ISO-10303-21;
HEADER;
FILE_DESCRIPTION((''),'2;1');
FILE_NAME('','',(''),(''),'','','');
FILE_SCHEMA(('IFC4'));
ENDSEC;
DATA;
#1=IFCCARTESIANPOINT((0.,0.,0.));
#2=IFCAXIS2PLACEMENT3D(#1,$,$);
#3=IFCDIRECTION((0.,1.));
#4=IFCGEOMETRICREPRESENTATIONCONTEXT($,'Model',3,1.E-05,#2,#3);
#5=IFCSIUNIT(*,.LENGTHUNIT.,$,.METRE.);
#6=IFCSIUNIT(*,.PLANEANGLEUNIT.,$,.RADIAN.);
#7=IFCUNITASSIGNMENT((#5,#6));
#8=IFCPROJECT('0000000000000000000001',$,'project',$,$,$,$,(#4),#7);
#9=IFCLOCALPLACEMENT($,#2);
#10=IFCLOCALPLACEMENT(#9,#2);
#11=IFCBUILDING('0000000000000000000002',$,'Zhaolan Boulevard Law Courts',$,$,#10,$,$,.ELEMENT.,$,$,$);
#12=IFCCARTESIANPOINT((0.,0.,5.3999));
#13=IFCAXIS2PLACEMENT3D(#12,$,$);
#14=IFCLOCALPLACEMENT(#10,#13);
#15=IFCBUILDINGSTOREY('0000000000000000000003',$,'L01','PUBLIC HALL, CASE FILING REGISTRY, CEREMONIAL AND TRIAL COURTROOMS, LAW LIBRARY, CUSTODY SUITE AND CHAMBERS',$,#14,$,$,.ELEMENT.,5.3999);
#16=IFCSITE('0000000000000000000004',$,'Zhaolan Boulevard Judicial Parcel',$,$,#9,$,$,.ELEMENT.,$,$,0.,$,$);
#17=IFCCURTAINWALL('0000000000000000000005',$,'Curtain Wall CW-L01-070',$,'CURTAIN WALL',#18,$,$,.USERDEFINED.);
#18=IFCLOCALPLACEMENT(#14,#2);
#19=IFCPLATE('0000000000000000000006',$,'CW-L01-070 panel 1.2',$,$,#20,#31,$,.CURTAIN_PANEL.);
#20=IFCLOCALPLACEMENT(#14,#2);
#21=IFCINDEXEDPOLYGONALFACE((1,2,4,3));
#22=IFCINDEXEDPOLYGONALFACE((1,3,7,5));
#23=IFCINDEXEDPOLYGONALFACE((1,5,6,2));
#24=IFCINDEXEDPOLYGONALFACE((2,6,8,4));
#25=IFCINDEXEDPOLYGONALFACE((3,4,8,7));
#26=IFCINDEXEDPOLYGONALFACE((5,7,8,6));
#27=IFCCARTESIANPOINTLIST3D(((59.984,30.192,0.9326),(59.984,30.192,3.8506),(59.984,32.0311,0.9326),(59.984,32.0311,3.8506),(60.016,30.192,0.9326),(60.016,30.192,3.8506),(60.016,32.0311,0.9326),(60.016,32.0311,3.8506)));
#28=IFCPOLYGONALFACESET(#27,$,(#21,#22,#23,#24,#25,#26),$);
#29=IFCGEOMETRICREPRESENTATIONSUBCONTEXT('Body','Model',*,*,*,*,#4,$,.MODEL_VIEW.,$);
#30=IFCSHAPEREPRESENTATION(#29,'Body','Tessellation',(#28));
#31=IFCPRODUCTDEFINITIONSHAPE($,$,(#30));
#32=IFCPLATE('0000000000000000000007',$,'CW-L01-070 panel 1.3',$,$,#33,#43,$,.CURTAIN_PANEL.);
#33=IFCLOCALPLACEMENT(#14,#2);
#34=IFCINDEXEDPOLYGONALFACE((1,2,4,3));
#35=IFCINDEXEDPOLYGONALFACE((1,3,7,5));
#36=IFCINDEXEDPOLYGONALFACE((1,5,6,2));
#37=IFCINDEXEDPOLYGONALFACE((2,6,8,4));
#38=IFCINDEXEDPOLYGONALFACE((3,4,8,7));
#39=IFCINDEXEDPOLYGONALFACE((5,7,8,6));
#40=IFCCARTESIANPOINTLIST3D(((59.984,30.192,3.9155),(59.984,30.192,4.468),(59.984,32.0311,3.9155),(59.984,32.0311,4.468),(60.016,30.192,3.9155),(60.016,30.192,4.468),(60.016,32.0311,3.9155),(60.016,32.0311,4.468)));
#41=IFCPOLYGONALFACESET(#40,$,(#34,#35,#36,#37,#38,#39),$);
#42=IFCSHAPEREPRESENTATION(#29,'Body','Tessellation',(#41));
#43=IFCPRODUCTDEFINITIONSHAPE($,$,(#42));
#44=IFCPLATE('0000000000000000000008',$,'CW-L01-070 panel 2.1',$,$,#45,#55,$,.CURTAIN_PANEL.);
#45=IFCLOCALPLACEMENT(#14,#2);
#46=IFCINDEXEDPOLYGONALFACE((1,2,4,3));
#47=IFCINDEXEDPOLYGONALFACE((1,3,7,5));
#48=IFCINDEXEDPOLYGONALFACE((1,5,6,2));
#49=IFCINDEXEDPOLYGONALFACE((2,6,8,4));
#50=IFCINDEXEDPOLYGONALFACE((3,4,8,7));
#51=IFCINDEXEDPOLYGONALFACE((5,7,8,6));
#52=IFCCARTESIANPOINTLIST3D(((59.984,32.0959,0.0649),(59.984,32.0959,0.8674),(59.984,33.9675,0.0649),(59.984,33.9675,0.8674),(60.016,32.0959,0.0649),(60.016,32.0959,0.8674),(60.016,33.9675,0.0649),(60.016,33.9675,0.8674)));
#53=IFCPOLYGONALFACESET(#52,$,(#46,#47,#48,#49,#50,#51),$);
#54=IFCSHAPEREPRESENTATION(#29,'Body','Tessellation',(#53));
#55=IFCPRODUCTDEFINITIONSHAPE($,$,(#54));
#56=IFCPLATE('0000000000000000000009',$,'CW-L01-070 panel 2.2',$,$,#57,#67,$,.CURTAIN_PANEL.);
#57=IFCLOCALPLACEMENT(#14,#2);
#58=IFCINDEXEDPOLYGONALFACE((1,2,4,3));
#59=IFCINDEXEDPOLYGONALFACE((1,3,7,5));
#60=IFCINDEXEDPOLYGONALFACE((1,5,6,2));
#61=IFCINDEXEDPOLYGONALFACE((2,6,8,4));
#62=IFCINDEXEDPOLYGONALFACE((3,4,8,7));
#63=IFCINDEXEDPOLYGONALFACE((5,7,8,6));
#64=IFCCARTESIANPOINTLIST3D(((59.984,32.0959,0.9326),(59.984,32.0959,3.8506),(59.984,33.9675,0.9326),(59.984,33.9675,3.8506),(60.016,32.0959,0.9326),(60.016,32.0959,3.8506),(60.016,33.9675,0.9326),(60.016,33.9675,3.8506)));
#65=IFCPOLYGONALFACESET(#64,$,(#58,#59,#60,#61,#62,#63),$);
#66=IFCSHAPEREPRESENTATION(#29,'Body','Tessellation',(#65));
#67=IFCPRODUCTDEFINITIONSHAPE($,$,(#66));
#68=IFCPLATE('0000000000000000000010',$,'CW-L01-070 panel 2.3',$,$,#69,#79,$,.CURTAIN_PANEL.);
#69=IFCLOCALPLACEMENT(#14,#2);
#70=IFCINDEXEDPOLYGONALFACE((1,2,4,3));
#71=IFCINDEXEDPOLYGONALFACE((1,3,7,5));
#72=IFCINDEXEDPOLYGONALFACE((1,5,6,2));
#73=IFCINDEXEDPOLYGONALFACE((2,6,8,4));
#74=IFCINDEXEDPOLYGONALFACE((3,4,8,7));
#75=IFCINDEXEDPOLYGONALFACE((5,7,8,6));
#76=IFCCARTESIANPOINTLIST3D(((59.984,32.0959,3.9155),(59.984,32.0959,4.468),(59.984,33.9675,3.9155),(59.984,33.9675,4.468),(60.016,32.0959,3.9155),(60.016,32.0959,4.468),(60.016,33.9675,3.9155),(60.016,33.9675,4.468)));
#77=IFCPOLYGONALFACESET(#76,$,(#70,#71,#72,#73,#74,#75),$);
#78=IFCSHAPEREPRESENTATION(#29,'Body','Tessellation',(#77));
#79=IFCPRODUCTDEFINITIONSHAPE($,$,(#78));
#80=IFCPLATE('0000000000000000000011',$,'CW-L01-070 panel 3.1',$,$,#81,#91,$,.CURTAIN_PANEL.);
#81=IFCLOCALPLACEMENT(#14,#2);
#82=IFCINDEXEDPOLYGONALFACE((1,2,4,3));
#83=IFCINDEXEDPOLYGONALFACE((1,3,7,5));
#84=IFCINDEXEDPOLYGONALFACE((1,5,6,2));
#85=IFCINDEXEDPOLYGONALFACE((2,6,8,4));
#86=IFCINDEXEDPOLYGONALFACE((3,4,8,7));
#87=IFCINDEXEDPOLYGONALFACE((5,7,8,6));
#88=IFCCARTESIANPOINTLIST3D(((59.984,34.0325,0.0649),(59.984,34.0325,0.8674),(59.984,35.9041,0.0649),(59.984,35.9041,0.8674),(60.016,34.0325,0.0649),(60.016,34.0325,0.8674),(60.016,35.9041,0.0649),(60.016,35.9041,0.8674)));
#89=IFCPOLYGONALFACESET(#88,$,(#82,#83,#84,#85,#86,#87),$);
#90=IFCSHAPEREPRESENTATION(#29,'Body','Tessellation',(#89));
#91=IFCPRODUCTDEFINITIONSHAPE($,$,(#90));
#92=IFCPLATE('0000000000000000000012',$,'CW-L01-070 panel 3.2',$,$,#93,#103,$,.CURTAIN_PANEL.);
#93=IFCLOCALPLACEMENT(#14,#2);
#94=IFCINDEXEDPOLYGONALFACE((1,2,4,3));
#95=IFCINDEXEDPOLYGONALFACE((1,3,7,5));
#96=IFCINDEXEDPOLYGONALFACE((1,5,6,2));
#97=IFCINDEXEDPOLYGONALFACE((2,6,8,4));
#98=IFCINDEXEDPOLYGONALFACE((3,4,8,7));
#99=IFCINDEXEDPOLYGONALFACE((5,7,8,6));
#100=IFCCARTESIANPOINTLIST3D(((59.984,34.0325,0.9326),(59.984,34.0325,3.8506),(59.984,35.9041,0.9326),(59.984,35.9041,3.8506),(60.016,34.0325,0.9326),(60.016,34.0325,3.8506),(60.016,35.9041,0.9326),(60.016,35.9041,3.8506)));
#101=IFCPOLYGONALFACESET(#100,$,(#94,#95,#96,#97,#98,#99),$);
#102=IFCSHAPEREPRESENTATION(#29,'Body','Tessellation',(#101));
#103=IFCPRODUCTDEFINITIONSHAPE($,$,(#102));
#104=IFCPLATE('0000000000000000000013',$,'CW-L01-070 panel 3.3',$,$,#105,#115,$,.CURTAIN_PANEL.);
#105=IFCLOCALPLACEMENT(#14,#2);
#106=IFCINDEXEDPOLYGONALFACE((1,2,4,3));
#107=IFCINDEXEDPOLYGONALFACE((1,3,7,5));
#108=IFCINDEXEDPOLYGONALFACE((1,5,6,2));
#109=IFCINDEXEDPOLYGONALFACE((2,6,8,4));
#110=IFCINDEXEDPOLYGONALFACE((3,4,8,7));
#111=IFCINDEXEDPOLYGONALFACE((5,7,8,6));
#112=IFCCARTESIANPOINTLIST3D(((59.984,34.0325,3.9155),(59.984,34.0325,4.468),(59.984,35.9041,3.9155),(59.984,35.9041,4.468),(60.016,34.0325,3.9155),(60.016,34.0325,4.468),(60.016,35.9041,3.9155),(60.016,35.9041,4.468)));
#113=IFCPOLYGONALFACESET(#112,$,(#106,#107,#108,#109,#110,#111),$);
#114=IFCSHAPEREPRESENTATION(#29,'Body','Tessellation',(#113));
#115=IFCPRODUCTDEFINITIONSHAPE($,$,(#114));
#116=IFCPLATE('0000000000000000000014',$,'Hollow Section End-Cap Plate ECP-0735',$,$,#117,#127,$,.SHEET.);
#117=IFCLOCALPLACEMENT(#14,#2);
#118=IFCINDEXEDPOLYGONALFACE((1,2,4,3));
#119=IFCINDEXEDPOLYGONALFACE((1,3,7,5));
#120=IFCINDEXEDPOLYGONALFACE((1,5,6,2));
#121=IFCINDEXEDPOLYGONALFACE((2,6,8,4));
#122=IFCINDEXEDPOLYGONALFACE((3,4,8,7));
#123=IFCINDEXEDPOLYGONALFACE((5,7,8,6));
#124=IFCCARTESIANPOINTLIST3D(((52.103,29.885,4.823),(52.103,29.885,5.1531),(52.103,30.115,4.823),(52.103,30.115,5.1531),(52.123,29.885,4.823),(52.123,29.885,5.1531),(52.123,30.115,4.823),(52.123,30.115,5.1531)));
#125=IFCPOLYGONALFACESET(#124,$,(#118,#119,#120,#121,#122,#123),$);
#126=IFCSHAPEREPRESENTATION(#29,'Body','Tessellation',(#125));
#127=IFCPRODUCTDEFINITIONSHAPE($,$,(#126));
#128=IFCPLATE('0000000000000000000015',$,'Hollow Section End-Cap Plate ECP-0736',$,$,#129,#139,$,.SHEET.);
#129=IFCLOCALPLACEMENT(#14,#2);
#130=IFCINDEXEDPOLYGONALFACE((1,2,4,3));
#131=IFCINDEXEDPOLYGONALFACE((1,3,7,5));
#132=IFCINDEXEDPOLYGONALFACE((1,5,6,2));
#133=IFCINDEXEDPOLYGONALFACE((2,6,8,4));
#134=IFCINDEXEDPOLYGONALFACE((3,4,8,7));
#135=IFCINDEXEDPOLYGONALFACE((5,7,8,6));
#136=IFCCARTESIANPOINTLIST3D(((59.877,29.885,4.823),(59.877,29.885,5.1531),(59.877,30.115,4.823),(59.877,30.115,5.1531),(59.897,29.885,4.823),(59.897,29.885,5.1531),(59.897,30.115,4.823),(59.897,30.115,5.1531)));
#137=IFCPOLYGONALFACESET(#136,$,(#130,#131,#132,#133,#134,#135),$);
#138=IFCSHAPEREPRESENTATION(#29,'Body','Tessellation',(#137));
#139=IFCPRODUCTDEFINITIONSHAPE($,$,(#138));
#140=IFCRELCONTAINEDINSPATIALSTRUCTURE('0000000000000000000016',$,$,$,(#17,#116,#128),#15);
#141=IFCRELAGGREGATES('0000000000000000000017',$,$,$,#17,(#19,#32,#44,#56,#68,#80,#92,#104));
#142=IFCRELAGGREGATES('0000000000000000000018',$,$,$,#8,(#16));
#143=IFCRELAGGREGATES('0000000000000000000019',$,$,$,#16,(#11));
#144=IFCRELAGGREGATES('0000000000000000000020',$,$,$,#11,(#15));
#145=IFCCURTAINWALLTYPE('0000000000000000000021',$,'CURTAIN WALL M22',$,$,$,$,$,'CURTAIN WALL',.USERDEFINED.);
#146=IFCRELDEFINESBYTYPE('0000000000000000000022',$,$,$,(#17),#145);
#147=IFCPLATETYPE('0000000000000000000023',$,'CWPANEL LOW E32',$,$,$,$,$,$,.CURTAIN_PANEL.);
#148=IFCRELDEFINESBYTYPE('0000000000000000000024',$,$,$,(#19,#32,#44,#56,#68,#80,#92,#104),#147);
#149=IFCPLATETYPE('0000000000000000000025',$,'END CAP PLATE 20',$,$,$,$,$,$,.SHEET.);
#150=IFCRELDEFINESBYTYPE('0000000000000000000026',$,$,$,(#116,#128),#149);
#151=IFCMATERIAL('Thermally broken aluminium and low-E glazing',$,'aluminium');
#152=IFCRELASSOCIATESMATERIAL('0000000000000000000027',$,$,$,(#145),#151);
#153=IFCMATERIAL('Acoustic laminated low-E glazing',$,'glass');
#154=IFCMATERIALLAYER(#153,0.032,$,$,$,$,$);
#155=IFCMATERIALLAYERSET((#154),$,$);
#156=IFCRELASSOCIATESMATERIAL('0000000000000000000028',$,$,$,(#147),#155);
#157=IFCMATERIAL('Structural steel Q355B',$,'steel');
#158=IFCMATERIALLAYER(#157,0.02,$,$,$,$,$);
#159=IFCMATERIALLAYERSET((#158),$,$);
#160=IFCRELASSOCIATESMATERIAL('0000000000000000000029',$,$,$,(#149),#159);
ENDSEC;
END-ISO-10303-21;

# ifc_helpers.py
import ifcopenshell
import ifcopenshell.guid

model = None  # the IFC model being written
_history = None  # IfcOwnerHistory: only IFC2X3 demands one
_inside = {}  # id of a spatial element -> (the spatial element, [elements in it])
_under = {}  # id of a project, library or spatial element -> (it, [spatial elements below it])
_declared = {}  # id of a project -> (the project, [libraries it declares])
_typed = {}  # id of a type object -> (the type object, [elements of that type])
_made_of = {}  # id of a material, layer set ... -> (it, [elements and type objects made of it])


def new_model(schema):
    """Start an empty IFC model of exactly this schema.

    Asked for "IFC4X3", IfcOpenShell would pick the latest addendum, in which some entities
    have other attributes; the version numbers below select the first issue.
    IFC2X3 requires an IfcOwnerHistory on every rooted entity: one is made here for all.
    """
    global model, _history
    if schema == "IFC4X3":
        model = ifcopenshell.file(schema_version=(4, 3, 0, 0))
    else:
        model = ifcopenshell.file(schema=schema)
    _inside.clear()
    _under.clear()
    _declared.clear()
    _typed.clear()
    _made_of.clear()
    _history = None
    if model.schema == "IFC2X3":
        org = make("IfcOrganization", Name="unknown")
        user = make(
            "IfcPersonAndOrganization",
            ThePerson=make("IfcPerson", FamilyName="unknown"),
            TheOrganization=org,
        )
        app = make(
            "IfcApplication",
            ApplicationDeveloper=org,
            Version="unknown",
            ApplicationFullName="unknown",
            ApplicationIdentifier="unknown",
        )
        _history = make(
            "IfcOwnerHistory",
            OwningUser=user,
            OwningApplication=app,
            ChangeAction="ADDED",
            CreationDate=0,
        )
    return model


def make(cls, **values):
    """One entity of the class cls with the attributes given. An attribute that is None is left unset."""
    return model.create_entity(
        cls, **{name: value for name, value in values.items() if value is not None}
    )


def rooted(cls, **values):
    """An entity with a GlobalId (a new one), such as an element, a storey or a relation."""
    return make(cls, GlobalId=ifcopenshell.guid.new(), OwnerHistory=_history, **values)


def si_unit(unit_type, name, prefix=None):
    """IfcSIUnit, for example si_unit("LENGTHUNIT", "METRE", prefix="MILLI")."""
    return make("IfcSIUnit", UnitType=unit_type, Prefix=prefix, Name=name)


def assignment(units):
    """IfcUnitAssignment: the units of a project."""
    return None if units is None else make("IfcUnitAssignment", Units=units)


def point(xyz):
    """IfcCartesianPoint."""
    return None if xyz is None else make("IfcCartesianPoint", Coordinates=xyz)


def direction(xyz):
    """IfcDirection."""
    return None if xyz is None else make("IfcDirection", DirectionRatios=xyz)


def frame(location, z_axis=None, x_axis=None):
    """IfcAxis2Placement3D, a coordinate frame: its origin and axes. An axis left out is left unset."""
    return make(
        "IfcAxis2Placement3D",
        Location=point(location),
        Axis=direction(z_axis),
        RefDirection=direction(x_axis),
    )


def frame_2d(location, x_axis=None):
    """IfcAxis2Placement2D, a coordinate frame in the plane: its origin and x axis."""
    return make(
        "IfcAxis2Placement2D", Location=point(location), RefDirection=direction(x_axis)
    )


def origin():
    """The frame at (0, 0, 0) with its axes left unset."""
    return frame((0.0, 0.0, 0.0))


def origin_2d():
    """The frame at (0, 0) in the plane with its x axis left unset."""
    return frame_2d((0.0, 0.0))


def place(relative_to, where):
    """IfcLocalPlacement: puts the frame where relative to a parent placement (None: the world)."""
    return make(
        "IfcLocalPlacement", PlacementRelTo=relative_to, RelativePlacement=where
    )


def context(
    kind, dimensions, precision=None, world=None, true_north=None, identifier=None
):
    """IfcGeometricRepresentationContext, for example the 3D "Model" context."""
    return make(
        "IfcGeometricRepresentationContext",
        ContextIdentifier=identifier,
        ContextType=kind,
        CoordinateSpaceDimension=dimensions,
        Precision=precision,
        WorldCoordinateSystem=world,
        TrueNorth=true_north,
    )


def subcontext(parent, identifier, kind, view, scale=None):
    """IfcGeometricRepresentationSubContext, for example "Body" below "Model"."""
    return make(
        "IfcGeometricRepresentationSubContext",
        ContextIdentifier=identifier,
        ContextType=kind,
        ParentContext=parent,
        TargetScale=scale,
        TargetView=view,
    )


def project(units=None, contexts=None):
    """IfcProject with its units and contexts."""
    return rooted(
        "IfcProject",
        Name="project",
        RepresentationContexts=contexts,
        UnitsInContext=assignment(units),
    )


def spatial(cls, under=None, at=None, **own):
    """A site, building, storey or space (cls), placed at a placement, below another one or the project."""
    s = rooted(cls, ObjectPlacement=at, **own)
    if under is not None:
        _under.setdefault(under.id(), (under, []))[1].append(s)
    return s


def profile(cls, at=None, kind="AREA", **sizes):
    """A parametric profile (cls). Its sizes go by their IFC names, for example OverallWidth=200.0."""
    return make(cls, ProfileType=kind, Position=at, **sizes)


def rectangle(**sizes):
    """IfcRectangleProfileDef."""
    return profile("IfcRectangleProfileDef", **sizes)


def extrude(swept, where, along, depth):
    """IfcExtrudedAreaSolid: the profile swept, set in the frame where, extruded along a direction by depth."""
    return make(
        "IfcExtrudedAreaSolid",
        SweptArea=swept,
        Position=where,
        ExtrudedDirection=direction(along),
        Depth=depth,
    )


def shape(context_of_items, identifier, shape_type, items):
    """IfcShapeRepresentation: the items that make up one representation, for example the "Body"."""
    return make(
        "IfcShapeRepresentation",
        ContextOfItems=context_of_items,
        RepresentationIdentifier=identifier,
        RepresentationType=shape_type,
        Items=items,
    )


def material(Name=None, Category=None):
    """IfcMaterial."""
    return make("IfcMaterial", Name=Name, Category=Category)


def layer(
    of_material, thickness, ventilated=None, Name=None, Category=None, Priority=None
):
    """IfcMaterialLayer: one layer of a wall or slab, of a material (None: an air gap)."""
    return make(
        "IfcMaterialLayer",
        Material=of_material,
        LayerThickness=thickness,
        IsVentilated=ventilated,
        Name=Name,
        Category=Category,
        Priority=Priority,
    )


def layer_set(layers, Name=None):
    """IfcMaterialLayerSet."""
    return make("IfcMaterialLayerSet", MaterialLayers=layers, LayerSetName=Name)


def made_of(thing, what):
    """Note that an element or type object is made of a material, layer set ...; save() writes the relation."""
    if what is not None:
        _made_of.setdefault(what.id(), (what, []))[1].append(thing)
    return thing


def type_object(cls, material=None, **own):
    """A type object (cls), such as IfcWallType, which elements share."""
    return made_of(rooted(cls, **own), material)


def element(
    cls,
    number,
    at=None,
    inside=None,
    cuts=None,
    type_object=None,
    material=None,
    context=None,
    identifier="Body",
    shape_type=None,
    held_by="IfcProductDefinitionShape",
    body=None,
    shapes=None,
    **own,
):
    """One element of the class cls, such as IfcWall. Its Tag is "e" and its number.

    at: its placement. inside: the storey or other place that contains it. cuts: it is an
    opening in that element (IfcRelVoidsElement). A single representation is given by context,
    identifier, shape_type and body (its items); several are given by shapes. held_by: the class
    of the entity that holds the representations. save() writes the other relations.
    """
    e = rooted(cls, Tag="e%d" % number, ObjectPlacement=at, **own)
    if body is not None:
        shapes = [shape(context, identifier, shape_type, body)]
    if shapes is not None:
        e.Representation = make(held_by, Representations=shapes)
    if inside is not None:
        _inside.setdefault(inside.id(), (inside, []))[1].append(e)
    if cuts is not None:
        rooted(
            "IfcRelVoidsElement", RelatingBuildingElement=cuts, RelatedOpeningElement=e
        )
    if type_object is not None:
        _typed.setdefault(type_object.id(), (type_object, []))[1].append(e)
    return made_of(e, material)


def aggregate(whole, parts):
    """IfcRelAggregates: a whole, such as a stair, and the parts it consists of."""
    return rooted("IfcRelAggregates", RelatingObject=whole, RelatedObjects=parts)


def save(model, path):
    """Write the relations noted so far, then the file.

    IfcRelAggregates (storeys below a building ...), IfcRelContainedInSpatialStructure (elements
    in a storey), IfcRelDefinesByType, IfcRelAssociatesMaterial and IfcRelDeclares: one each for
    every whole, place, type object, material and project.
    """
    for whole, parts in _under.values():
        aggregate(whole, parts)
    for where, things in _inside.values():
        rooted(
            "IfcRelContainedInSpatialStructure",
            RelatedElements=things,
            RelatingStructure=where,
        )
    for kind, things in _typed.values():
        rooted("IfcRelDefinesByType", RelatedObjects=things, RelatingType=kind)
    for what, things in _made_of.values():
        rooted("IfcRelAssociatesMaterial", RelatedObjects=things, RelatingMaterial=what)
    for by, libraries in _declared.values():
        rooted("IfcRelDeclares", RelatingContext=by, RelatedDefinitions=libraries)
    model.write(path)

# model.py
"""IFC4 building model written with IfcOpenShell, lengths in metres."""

from ifc_helpers import new_model, si_unit, direction, frame, origin, origin_2d, place, context, subcontext, project, spatial, rectangle, extrude, material, layer, layer_set, type_object, element, aggregate, save


model = new_model("IFC4")

# Units and contexts
model_context = context("Model", 3, precision=1e-05, world=origin(), true_north=direction((0.0, 1.0)))
body_context = subcontext(model_context, "Body", "Model", "MODEL_VIEW")
ifc_project = project(units=[si_unit("LENGTHUNIT", "METRE"), si_unit("PLANEANGLEUNIT", "RADIAN")], contexts=[model_context])

# Site, building, storey
site_placement = place(None, origin())
site = spatial("IfcSite", under=ifc_project, at=site_placement, Name="Zhaolan Boulevard Judicial Parcel", CompositionType="ELEMENT", RefElevation=0.0)
building_placement = place(site_placement, origin())
building = spatial("IfcBuilding", under=site, at=building_placement, Name="Zhaolan Boulevard Law Courts", CompositionType="ELEMENT")
storey_placement = place(building_placement, frame((0.0, 0.0, 5.3999)))
storey = spatial("IfcBuildingStorey", under=building, at=storey_placement, Name="L01", Description="PUBLIC HALL, CASE FILING REGISTRY, CEREMONIAL AND TRIAL COURTROOMS, LAW LIBRARY, CUSTODY SUITE AND CHAMBERS", CompositionType="ELEMENT", Elevation=5.3999)

# Curtain wall
ifc_material_1 = material(Name="Thermally broken aluminium and low-E glazing", Category="aluminium")
curtain_wall_type_1 = type_object("IfcCurtainWallType", Name="CURTAIN WALL M22", ElementType="CURTAIN WALL", PredefinedType="USERDEFINED", material=ifc_material_1)
curtain_wall_1_placement = place(storey_placement, origin())
curtain_wall_1 = element("IfcCurtainWall", 1, at=curtain_wall_1_placement, inside=storey, type_object=curtain_wall_type_1, Name="Curtain Wall CW-L01-070", ObjectType="CURTAIN WALL", PredefinedType="USERDEFINED")

# Plates
ifc_material_2 = material(Name="Acoustic laminated low-E glazing", Category="glass")
ifc_layer_1 = layer(ifc_material_2, 0.032)
ifc_layer_set_1 = layer_set([ifc_layer_1])
plate_type_1 = type_object("IfcPlateType", Name="CWPANEL LOW E32", PredefinedType="CURTAIN_PANEL", material=ifc_layer_set_1)
plate_1_placement = place(storey_placement, frame((60.0, 31.1116, 0.9326), z_axis=(0.0, 0.0, 1.0), x_axis=(0.0, 1.0, 0.0)))
plate_1 = element("IfcPlate", 2, at=plate_1_placement, type_object=plate_type_1, Name="CW-L01-070 panel 1.2", PredefinedType="CURTAIN_PANEL", context=body_context, shape_type="SweptSolid", body=[
    extrude(rectangle(XDim=1.8391, YDim=0.032, at=origin_2d()), origin(), (0.0, 0.0, 1.0), 2.918),
])
plate_2_placement = place(storey_placement, frame((60.0, 31.1116, 3.9155), z_axis=(0.0, 0.0, 1.0), x_axis=(0.0, 1.0, 0.0)))
plate_2 = element("IfcPlate", 3, at=plate_2_placement, type_object=plate_type_1, Name="CW-L01-070 panel 1.3", PredefinedType="CURTAIN_PANEL", context=body_context, shape_type="SweptSolid", body=[
    extrude(rectangle(XDim=1.8391, YDim=0.032, at=origin_2d()), origin(), (0.0, 0.0, 1.0), 0.5525),
])
plate_3_placement = place(storey_placement, frame((60.0, 33.0317, 0.0649), z_axis=(0.0, 0.0, 1.0), x_axis=(0.0, 1.0, 0.0)))
plate_3 = element("IfcPlate", 4, at=plate_3_placement, type_object=plate_type_1, Name="CW-L01-070 panel 2.1", PredefinedType="CURTAIN_PANEL", context=body_context, shape_type="SweptSolid", body=[
    extrude(rectangle(XDim=1.8716, YDim=0.032, at=origin_2d()), origin(), (0.0, 0.0, 1.0), 0.8025),
])
plate_4_placement = place(storey_placement, frame((60.0, 33.0317, 0.9326), z_axis=(0.0, 0.0, 1.0), x_axis=(0.0, 1.0, 0.0)))
plate_4 = element("IfcPlate", 5, at=plate_4_placement, type_object=plate_type_1, Name="CW-L01-070 panel 2.2", PredefinedType="CURTAIN_PANEL", context=body_context, shape_type="SweptSolid", body=[
    extrude(rectangle(XDim=1.8716, YDim=0.032, at=origin_2d()), origin(), (0.0, 0.0, 1.0), 2.918),
])
plate_5_placement = place(storey_placement, frame((60.0, 33.0317, 3.9155), z_axis=(0.0, 0.0, 1.0), x_axis=(0.0, 1.0, 0.0)))
plate_5 = element("IfcPlate", 6, at=plate_5_placement, type_object=plate_type_1, Name="CW-L01-070 panel 2.3", PredefinedType="CURTAIN_PANEL", context=body_context, shape_type="SweptSolid", body=[
    extrude(rectangle(XDim=1.8716, YDim=0.032, at=origin_2d()), origin(), (0.0, 0.0, 1.0), 0.5525),
])
plate_6_placement = place(storey_placement, frame((60.0, 34.9683, 0.0649), z_axis=(0.0, 0.0, 1.0), x_axis=(0.0, 1.0, 0.0)))
plate_6 = element("IfcPlate", 7, at=plate_6_placement, type_object=plate_type_1, Name="CW-L01-070 panel 3.1", PredefinedType="CURTAIN_PANEL", context=body_context, shape_type="SweptSolid", body=[
    extrude(rectangle(XDim=1.8716, YDim=0.032, at=origin_2d()), origin(), (0.0, 0.0, 1.0), 0.8025),
])
plate_7_placement = place(storey_placement, frame((60.0, 34.9683, 0.9326), z_axis=(0.0, 0.0, 1.0), x_axis=(0.0, 1.0, 0.0)))
plate_7 = element("IfcPlate", 8, at=plate_7_placement, type_object=plate_type_1, Name="CW-L01-070 panel 3.2", PredefinedType="CURTAIN_PANEL", context=body_context, shape_type="SweptSolid", body=[
    extrude(rectangle(XDim=1.8716, YDim=0.032, at=origin_2d()), origin(), (0.0, 0.0, 1.0), 2.918),
])
plate_8_placement = place(storey_placement, frame((60.0, 34.9683, 3.9155), z_axis=(0.0, 0.0, 1.0), x_axis=(0.0, 1.0, 0.0)))
plate_8 = element("IfcPlate", 9, at=plate_8_placement, type_object=plate_type_1, Name="CW-L01-070 panel 3.3", PredefinedType="CURTAIN_PANEL", context=body_context, shape_type="SweptSolid", body=[
    extrude(rectangle(XDim=1.8716, YDim=0.032, at=origin_2d()), origin(), (0.0, 0.0, 1.0), 0.5525),
])
aggregate(curtain_wall_1, [plate_1, plate_2, plate_3, plate_4, plate_5, plate_6, plate_7, plate_8])

# Plates
ifc_material_3 = material(Name="Structural steel Q355B", Category="steel")
ifc_layer_2 = layer(ifc_material_3, 0.02)
ifc_layer_set_2 = layer_set([ifc_layer_2])
plate_type_2 = type_object("IfcPlateType", Name="END CAP PLATE 20", PredefinedType="SHEET", material=ifc_layer_set_2)
for number, where, z_axis, x_axis, name in (
    (10, (52.113, 30.0, 4.823), (0.0, 0.0, 1.0), (1.0, 0.0, 0.0), "Hollow Section End-Cap Plate ECP-0735"),
    (11, (59.887, 30.0, 4.823), (0.0, 0.0, 1.0), (1.0, 0.0, 0.0), "Hollow Section End-Cap Plate ECP-0736"),
):
    element("IfcPlate", number, at=place(storey_placement, frame(where, z_axis=z_axis, x_axis=x_axis)), inside=storey, type_object=plate_type_2, Name=name, PredefinedType="SHEET", context=body_context, shape_type="SweptSolid", body=[
        extrude(rectangle(XDim=0.02, YDim=0.23, at=origin_2d()), origin(), (0.0, 0.0, 1.0), 0.3301),
    ])

save(model, "model.ifc")
